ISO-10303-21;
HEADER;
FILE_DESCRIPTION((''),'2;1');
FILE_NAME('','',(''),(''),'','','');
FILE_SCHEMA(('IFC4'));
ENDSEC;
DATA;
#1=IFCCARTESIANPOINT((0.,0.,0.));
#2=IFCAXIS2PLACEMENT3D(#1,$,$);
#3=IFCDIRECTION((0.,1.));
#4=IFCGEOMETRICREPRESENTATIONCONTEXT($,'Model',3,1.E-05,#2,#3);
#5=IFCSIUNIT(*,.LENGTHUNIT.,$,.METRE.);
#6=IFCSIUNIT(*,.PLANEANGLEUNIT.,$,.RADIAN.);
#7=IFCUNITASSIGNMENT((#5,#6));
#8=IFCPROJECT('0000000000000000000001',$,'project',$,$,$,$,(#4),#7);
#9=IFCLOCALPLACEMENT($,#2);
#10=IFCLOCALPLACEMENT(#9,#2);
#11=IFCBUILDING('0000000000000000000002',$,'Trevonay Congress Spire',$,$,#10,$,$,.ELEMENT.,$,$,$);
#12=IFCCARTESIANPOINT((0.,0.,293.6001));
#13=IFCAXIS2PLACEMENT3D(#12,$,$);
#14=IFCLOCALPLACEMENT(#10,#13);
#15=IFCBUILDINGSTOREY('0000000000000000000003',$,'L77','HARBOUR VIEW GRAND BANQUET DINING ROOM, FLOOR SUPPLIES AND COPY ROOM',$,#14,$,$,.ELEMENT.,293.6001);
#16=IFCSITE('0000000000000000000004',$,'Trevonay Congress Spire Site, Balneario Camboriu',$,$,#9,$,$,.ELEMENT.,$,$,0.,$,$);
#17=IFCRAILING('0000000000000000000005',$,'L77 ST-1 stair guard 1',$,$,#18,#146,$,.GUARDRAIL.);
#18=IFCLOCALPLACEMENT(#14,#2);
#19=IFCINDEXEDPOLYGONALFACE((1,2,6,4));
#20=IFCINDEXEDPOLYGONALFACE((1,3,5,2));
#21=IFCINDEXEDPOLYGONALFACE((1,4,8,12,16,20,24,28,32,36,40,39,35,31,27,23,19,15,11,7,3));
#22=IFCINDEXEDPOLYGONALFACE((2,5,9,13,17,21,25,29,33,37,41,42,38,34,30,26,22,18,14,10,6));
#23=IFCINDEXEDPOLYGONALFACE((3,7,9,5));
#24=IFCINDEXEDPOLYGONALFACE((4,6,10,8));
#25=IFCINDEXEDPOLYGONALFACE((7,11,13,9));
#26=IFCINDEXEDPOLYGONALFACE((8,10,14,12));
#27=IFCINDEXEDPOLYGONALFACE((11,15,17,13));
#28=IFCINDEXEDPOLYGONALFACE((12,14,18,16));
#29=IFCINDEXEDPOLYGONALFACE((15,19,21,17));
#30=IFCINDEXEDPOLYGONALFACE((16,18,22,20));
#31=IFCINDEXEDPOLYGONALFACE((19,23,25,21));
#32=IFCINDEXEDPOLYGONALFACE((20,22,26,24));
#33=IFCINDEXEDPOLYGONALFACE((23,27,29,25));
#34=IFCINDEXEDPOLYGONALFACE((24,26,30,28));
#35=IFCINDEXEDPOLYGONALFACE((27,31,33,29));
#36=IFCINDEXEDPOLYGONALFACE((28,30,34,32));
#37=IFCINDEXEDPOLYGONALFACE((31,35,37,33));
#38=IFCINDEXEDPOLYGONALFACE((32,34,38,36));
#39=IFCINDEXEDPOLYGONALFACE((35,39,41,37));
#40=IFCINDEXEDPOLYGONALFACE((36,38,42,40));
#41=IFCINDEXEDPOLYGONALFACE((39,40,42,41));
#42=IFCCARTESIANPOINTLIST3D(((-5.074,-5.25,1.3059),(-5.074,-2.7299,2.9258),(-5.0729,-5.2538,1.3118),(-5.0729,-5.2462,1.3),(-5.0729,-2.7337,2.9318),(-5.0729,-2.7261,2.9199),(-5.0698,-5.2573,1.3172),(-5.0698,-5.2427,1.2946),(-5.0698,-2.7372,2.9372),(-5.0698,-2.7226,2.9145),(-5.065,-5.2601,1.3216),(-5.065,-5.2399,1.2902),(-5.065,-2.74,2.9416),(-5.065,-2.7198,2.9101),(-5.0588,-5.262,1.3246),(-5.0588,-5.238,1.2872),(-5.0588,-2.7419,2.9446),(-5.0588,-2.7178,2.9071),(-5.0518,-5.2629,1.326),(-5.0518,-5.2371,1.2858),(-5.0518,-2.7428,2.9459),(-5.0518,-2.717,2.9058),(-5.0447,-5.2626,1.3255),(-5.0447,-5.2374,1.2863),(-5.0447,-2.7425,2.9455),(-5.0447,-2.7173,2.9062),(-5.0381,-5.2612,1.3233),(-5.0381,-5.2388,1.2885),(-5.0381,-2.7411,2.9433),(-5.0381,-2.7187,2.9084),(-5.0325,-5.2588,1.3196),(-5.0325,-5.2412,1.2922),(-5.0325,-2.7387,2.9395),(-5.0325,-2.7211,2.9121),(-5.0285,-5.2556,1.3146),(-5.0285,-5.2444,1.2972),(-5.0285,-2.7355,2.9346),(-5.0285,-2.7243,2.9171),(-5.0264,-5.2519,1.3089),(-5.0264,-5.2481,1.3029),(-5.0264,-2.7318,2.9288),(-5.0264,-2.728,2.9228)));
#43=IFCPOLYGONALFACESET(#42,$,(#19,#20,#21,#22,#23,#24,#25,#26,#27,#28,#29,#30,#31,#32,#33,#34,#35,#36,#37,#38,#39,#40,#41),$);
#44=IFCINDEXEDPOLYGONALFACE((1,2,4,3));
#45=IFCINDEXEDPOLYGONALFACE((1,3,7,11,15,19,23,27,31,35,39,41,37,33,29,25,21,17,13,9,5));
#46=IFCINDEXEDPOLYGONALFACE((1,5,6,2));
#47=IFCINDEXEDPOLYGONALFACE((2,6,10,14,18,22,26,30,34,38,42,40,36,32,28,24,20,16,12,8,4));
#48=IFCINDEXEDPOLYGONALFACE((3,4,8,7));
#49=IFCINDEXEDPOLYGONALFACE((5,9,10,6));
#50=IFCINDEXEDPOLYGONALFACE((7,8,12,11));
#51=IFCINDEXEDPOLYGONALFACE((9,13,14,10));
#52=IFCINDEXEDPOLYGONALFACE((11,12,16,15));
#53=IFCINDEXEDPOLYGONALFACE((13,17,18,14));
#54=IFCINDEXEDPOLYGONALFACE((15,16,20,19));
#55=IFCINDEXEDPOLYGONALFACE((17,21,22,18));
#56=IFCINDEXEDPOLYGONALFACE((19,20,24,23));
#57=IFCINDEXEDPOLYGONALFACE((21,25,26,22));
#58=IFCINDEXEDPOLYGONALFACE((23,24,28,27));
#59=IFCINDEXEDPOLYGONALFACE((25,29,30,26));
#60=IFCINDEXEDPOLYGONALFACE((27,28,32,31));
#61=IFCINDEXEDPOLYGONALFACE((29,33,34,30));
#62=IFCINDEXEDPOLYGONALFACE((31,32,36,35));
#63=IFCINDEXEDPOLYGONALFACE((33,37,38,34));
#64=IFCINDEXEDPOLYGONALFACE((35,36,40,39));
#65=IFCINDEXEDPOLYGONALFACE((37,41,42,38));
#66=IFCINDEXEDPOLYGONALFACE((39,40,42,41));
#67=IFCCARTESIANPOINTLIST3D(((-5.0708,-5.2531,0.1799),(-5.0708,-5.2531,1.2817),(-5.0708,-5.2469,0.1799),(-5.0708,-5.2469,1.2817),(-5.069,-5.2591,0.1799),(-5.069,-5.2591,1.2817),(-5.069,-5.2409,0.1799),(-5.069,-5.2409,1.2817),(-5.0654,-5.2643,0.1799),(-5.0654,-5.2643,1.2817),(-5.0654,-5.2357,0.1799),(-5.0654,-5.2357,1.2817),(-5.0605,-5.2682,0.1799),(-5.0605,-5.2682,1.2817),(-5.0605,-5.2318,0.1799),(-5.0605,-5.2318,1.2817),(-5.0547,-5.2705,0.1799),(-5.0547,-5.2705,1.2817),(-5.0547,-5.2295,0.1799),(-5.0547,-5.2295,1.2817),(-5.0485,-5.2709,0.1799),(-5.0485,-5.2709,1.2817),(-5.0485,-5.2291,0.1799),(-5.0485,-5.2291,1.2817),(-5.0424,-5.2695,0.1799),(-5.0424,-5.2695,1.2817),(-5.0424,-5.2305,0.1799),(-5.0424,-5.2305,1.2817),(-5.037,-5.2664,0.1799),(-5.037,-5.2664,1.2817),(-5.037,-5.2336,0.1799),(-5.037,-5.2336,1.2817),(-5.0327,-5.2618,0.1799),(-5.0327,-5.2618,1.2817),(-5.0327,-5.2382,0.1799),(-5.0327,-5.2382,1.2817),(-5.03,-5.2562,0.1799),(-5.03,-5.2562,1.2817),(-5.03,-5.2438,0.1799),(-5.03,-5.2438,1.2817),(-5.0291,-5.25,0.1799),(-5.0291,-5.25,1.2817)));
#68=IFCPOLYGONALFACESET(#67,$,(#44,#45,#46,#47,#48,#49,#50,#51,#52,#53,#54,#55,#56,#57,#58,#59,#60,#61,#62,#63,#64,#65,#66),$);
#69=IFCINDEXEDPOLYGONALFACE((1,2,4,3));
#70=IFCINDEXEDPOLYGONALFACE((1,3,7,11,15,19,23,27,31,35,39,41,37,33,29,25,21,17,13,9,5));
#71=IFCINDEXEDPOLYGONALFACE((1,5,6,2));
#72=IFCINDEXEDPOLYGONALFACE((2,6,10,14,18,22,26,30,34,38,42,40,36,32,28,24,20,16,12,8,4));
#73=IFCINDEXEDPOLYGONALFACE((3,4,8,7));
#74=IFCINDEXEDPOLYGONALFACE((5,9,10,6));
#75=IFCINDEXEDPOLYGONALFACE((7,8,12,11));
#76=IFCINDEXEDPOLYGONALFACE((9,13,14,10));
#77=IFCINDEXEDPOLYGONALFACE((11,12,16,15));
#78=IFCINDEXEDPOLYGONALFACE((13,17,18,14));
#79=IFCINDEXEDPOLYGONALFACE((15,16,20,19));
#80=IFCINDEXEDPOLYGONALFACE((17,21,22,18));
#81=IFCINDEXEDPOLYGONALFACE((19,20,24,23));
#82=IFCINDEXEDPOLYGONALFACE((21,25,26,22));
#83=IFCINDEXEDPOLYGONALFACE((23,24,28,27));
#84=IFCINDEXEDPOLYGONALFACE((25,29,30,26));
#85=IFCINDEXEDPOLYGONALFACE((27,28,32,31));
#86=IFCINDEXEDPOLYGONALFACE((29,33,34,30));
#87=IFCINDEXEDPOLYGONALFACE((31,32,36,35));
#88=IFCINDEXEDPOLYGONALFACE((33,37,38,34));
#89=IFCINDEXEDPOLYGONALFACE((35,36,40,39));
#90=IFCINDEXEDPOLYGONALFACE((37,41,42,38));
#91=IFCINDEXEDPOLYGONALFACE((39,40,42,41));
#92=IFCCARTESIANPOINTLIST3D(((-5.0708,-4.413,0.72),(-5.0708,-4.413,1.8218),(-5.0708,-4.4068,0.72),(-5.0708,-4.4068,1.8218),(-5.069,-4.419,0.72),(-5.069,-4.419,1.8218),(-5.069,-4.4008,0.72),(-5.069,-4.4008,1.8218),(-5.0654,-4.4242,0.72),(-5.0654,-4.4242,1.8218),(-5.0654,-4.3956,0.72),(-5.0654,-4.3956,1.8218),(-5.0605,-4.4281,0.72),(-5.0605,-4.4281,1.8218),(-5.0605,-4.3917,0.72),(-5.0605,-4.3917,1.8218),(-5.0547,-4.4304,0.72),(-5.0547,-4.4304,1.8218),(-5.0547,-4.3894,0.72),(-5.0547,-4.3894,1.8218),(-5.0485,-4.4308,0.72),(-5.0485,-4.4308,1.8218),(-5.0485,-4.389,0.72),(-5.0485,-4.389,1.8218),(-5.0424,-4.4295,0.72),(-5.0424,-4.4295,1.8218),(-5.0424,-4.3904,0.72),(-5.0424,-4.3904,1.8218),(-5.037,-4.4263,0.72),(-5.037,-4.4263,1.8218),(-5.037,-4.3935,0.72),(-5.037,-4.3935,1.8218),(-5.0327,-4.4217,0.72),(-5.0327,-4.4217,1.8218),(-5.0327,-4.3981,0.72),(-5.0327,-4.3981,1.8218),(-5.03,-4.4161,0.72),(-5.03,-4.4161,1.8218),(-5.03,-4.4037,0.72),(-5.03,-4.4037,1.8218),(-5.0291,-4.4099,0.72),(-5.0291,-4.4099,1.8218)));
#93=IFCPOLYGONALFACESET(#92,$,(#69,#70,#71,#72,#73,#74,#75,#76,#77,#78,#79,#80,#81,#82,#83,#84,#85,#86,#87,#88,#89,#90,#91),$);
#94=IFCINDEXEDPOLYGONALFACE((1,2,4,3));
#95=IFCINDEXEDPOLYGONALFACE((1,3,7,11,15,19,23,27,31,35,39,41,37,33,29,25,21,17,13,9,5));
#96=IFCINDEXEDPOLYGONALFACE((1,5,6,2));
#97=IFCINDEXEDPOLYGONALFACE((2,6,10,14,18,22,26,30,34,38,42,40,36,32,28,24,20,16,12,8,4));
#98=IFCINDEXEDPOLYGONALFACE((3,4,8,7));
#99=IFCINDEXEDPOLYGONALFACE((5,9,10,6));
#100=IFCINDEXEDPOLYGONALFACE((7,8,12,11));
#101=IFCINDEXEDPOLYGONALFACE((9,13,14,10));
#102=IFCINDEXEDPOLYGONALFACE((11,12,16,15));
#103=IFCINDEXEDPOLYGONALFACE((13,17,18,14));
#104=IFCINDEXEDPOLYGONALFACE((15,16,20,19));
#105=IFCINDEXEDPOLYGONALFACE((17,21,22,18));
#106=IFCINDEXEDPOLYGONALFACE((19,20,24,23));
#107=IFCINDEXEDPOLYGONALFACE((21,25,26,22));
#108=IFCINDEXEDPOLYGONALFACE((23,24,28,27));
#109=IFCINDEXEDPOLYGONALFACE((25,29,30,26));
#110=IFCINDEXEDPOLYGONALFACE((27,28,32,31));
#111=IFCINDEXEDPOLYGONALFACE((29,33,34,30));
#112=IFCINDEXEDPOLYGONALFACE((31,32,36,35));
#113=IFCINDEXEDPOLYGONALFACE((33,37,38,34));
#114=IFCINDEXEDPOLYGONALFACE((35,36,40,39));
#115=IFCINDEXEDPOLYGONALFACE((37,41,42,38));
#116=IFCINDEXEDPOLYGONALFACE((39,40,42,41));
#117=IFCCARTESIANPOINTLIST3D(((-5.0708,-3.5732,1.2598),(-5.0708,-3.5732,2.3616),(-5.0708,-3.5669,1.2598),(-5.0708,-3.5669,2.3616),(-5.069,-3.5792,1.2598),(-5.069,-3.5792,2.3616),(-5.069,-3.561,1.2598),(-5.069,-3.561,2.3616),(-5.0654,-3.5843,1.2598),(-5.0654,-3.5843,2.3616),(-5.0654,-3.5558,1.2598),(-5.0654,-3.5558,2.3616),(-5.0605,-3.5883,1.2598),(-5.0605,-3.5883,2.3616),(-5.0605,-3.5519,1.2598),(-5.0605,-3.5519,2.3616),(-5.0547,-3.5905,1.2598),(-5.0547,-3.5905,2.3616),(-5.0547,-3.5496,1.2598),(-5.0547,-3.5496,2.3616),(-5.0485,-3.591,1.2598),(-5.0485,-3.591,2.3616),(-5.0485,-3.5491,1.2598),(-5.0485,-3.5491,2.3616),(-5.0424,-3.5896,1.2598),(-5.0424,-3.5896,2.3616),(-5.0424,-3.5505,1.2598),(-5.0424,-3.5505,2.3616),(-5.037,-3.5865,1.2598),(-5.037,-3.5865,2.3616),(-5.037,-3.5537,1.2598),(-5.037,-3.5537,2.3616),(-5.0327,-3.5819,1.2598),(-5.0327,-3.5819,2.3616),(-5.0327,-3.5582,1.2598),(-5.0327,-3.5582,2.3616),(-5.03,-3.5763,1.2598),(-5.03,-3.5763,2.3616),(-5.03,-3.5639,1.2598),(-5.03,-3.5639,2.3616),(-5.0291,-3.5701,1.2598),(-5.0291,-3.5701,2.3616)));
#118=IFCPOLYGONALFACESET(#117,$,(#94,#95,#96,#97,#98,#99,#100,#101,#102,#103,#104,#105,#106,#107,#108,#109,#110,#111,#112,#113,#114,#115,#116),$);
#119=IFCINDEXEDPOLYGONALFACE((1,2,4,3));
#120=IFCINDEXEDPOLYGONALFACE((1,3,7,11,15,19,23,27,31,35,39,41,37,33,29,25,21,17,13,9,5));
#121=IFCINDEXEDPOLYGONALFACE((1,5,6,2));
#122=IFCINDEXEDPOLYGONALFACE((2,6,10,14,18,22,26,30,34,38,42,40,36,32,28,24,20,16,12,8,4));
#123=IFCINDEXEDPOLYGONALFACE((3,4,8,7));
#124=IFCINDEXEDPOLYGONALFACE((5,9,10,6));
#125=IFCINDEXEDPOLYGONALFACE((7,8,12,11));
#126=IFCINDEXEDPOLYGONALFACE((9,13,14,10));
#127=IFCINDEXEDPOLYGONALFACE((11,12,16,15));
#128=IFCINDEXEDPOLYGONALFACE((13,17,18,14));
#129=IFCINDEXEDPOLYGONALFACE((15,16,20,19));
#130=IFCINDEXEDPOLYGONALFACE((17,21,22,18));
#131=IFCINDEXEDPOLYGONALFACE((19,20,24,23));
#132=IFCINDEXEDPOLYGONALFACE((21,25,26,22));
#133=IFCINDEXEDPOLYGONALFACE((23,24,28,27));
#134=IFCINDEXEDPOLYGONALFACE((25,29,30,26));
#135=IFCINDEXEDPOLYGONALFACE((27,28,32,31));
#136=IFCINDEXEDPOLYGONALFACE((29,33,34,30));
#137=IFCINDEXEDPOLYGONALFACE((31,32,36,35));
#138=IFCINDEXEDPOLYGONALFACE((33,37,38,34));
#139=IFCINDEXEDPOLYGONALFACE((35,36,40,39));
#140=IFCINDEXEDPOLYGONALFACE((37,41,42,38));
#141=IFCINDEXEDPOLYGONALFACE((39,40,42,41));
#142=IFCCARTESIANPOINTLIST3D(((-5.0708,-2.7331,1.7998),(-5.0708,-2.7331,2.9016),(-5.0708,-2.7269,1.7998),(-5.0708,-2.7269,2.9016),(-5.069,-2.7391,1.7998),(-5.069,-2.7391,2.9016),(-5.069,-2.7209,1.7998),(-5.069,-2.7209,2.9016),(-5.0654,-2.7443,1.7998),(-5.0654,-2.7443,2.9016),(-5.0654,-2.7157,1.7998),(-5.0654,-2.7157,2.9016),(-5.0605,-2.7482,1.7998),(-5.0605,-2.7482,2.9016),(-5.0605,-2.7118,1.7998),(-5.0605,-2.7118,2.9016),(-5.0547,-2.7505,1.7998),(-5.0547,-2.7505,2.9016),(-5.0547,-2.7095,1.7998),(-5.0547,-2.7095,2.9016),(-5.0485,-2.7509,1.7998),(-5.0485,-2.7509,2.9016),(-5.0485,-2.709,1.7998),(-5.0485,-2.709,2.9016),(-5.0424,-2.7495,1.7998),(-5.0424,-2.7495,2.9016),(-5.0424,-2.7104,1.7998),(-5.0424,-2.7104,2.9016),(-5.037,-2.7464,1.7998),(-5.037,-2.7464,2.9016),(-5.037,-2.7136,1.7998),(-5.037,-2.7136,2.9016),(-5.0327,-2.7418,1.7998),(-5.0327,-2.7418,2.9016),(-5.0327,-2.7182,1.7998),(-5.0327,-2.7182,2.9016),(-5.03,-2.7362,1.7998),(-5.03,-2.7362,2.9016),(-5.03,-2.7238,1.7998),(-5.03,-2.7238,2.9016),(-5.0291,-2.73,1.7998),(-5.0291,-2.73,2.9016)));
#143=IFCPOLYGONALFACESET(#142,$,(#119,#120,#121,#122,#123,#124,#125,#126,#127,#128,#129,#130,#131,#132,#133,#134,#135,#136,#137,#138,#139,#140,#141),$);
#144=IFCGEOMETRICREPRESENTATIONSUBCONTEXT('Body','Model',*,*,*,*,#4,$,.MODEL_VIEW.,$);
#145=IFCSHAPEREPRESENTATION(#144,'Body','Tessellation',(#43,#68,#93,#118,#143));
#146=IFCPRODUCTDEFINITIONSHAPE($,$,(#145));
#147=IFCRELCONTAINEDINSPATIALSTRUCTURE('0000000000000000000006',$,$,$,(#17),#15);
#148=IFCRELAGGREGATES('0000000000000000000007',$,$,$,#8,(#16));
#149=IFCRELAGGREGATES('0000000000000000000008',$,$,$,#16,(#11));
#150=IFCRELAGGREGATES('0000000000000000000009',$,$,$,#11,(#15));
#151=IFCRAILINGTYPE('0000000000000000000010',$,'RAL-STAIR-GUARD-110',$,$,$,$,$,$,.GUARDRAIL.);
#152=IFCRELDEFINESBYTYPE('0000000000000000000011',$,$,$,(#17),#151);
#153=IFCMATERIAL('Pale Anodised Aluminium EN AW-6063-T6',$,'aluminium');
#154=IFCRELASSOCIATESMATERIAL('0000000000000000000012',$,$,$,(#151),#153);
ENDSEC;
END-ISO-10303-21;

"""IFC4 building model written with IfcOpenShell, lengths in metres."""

from ifc_helpers import new_model, si_unit, direction, frame, origin, origin_2d, place, context, subcontext, project, spatial, circle, extrude, material, type_object, element, save


model = new_model("IFC4")

# Units and contexts
model_context = context("Model", 3, precision=1e-05, world=origin(), true_north=direction((0.0, 1.0)))
body_context = subcontext(model_context, "Body", "Model", "MODEL_VIEW")
ifc_project = project(units=[si_unit("LENGTHUNIT", "METRE"), si_unit("PLANEANGLEUNIT", "RADIAN")], contexts=[model_context])

# Site, building, storey
site_placement = place(None, origin())
site = spatial("IfcSite", under=ifc_project, at=site_placement, Name="Trevonay Congress Spire Site, Balneario Camboriu", CompositionType="ELEMENT", RefElevation=0.0)
building_placement = place(site_placement, origin())
building = spatial("IfcBuilding", under=site, at=building_placement, Name="Trevonay Congress Spire", CompositionType="ELEMENT")
storey_placement = place(building_placement, frame((0.0, 0.0, 293.6001)))
storey = spatial("IfcBuildingStorey", under=building, at=storey_placement, Name="L77", Description="HARBOUR VIEW GRAND BANQUET DINING ROOM, FLOOR SUPPLIES AND COPY ROOM", CompositionType="ELEMENT", Elevation=293.6001)

# Railing
ifc_material_1 = material(Name="Pale Anodised Aluminium EN AW-6063-T6", Category="aluminium")
railing_type_1 = type_object("IfcRailingType", Name="RAL-STAIR-GUARD-110", PredefinedType="GUARDRAIL", material=ifc_material_1)
railing_1_placement = place(storey_placement, frame((-5.05, -5.25, 0.1799)))
element("IfcRailing", 1, at=railing_1_placement, inside=storey, type_object=railing_type_1, Name="L77 ST-1 stair guard 1", PredefinedType="GUARDRAIL", context=body_context, shape_type="SweptSolid", body=[
    extrude(circle(Radius=0.0239, at=origin_2d()), frame((0.0, 0.0, 1.126), z_axis=(0.0, 0.8412, 0.540725), x_axis=(-1.0, 0.0, 0.0)), (0.0, 0.0, 1.0), 2.9958),
    extrude(circle(Radius=0.021, at=origin_2d()), origin(), (0.0, 0.0, 1.0), 1.1018),
    extrude(circle(Radius=0.021, at=origin_2d()), frame((0.0, 0.8401, 0.54)), (0.0, 0.0, 1.0), 1.1018),
    extrude(circle(Radius=0.021, at=origin_2d()), frame((0.0, 1.6799, 1.0798)), (0.0, 0.0, 1.0), 1.1018),
    extrude(circle(Radius=0.021, at=origin_2d()), frame((0.0, 2.52, 1.6199)), (0.0, 0.0, 1.0), 1.1018),
])

save(model, "model.ifc")
